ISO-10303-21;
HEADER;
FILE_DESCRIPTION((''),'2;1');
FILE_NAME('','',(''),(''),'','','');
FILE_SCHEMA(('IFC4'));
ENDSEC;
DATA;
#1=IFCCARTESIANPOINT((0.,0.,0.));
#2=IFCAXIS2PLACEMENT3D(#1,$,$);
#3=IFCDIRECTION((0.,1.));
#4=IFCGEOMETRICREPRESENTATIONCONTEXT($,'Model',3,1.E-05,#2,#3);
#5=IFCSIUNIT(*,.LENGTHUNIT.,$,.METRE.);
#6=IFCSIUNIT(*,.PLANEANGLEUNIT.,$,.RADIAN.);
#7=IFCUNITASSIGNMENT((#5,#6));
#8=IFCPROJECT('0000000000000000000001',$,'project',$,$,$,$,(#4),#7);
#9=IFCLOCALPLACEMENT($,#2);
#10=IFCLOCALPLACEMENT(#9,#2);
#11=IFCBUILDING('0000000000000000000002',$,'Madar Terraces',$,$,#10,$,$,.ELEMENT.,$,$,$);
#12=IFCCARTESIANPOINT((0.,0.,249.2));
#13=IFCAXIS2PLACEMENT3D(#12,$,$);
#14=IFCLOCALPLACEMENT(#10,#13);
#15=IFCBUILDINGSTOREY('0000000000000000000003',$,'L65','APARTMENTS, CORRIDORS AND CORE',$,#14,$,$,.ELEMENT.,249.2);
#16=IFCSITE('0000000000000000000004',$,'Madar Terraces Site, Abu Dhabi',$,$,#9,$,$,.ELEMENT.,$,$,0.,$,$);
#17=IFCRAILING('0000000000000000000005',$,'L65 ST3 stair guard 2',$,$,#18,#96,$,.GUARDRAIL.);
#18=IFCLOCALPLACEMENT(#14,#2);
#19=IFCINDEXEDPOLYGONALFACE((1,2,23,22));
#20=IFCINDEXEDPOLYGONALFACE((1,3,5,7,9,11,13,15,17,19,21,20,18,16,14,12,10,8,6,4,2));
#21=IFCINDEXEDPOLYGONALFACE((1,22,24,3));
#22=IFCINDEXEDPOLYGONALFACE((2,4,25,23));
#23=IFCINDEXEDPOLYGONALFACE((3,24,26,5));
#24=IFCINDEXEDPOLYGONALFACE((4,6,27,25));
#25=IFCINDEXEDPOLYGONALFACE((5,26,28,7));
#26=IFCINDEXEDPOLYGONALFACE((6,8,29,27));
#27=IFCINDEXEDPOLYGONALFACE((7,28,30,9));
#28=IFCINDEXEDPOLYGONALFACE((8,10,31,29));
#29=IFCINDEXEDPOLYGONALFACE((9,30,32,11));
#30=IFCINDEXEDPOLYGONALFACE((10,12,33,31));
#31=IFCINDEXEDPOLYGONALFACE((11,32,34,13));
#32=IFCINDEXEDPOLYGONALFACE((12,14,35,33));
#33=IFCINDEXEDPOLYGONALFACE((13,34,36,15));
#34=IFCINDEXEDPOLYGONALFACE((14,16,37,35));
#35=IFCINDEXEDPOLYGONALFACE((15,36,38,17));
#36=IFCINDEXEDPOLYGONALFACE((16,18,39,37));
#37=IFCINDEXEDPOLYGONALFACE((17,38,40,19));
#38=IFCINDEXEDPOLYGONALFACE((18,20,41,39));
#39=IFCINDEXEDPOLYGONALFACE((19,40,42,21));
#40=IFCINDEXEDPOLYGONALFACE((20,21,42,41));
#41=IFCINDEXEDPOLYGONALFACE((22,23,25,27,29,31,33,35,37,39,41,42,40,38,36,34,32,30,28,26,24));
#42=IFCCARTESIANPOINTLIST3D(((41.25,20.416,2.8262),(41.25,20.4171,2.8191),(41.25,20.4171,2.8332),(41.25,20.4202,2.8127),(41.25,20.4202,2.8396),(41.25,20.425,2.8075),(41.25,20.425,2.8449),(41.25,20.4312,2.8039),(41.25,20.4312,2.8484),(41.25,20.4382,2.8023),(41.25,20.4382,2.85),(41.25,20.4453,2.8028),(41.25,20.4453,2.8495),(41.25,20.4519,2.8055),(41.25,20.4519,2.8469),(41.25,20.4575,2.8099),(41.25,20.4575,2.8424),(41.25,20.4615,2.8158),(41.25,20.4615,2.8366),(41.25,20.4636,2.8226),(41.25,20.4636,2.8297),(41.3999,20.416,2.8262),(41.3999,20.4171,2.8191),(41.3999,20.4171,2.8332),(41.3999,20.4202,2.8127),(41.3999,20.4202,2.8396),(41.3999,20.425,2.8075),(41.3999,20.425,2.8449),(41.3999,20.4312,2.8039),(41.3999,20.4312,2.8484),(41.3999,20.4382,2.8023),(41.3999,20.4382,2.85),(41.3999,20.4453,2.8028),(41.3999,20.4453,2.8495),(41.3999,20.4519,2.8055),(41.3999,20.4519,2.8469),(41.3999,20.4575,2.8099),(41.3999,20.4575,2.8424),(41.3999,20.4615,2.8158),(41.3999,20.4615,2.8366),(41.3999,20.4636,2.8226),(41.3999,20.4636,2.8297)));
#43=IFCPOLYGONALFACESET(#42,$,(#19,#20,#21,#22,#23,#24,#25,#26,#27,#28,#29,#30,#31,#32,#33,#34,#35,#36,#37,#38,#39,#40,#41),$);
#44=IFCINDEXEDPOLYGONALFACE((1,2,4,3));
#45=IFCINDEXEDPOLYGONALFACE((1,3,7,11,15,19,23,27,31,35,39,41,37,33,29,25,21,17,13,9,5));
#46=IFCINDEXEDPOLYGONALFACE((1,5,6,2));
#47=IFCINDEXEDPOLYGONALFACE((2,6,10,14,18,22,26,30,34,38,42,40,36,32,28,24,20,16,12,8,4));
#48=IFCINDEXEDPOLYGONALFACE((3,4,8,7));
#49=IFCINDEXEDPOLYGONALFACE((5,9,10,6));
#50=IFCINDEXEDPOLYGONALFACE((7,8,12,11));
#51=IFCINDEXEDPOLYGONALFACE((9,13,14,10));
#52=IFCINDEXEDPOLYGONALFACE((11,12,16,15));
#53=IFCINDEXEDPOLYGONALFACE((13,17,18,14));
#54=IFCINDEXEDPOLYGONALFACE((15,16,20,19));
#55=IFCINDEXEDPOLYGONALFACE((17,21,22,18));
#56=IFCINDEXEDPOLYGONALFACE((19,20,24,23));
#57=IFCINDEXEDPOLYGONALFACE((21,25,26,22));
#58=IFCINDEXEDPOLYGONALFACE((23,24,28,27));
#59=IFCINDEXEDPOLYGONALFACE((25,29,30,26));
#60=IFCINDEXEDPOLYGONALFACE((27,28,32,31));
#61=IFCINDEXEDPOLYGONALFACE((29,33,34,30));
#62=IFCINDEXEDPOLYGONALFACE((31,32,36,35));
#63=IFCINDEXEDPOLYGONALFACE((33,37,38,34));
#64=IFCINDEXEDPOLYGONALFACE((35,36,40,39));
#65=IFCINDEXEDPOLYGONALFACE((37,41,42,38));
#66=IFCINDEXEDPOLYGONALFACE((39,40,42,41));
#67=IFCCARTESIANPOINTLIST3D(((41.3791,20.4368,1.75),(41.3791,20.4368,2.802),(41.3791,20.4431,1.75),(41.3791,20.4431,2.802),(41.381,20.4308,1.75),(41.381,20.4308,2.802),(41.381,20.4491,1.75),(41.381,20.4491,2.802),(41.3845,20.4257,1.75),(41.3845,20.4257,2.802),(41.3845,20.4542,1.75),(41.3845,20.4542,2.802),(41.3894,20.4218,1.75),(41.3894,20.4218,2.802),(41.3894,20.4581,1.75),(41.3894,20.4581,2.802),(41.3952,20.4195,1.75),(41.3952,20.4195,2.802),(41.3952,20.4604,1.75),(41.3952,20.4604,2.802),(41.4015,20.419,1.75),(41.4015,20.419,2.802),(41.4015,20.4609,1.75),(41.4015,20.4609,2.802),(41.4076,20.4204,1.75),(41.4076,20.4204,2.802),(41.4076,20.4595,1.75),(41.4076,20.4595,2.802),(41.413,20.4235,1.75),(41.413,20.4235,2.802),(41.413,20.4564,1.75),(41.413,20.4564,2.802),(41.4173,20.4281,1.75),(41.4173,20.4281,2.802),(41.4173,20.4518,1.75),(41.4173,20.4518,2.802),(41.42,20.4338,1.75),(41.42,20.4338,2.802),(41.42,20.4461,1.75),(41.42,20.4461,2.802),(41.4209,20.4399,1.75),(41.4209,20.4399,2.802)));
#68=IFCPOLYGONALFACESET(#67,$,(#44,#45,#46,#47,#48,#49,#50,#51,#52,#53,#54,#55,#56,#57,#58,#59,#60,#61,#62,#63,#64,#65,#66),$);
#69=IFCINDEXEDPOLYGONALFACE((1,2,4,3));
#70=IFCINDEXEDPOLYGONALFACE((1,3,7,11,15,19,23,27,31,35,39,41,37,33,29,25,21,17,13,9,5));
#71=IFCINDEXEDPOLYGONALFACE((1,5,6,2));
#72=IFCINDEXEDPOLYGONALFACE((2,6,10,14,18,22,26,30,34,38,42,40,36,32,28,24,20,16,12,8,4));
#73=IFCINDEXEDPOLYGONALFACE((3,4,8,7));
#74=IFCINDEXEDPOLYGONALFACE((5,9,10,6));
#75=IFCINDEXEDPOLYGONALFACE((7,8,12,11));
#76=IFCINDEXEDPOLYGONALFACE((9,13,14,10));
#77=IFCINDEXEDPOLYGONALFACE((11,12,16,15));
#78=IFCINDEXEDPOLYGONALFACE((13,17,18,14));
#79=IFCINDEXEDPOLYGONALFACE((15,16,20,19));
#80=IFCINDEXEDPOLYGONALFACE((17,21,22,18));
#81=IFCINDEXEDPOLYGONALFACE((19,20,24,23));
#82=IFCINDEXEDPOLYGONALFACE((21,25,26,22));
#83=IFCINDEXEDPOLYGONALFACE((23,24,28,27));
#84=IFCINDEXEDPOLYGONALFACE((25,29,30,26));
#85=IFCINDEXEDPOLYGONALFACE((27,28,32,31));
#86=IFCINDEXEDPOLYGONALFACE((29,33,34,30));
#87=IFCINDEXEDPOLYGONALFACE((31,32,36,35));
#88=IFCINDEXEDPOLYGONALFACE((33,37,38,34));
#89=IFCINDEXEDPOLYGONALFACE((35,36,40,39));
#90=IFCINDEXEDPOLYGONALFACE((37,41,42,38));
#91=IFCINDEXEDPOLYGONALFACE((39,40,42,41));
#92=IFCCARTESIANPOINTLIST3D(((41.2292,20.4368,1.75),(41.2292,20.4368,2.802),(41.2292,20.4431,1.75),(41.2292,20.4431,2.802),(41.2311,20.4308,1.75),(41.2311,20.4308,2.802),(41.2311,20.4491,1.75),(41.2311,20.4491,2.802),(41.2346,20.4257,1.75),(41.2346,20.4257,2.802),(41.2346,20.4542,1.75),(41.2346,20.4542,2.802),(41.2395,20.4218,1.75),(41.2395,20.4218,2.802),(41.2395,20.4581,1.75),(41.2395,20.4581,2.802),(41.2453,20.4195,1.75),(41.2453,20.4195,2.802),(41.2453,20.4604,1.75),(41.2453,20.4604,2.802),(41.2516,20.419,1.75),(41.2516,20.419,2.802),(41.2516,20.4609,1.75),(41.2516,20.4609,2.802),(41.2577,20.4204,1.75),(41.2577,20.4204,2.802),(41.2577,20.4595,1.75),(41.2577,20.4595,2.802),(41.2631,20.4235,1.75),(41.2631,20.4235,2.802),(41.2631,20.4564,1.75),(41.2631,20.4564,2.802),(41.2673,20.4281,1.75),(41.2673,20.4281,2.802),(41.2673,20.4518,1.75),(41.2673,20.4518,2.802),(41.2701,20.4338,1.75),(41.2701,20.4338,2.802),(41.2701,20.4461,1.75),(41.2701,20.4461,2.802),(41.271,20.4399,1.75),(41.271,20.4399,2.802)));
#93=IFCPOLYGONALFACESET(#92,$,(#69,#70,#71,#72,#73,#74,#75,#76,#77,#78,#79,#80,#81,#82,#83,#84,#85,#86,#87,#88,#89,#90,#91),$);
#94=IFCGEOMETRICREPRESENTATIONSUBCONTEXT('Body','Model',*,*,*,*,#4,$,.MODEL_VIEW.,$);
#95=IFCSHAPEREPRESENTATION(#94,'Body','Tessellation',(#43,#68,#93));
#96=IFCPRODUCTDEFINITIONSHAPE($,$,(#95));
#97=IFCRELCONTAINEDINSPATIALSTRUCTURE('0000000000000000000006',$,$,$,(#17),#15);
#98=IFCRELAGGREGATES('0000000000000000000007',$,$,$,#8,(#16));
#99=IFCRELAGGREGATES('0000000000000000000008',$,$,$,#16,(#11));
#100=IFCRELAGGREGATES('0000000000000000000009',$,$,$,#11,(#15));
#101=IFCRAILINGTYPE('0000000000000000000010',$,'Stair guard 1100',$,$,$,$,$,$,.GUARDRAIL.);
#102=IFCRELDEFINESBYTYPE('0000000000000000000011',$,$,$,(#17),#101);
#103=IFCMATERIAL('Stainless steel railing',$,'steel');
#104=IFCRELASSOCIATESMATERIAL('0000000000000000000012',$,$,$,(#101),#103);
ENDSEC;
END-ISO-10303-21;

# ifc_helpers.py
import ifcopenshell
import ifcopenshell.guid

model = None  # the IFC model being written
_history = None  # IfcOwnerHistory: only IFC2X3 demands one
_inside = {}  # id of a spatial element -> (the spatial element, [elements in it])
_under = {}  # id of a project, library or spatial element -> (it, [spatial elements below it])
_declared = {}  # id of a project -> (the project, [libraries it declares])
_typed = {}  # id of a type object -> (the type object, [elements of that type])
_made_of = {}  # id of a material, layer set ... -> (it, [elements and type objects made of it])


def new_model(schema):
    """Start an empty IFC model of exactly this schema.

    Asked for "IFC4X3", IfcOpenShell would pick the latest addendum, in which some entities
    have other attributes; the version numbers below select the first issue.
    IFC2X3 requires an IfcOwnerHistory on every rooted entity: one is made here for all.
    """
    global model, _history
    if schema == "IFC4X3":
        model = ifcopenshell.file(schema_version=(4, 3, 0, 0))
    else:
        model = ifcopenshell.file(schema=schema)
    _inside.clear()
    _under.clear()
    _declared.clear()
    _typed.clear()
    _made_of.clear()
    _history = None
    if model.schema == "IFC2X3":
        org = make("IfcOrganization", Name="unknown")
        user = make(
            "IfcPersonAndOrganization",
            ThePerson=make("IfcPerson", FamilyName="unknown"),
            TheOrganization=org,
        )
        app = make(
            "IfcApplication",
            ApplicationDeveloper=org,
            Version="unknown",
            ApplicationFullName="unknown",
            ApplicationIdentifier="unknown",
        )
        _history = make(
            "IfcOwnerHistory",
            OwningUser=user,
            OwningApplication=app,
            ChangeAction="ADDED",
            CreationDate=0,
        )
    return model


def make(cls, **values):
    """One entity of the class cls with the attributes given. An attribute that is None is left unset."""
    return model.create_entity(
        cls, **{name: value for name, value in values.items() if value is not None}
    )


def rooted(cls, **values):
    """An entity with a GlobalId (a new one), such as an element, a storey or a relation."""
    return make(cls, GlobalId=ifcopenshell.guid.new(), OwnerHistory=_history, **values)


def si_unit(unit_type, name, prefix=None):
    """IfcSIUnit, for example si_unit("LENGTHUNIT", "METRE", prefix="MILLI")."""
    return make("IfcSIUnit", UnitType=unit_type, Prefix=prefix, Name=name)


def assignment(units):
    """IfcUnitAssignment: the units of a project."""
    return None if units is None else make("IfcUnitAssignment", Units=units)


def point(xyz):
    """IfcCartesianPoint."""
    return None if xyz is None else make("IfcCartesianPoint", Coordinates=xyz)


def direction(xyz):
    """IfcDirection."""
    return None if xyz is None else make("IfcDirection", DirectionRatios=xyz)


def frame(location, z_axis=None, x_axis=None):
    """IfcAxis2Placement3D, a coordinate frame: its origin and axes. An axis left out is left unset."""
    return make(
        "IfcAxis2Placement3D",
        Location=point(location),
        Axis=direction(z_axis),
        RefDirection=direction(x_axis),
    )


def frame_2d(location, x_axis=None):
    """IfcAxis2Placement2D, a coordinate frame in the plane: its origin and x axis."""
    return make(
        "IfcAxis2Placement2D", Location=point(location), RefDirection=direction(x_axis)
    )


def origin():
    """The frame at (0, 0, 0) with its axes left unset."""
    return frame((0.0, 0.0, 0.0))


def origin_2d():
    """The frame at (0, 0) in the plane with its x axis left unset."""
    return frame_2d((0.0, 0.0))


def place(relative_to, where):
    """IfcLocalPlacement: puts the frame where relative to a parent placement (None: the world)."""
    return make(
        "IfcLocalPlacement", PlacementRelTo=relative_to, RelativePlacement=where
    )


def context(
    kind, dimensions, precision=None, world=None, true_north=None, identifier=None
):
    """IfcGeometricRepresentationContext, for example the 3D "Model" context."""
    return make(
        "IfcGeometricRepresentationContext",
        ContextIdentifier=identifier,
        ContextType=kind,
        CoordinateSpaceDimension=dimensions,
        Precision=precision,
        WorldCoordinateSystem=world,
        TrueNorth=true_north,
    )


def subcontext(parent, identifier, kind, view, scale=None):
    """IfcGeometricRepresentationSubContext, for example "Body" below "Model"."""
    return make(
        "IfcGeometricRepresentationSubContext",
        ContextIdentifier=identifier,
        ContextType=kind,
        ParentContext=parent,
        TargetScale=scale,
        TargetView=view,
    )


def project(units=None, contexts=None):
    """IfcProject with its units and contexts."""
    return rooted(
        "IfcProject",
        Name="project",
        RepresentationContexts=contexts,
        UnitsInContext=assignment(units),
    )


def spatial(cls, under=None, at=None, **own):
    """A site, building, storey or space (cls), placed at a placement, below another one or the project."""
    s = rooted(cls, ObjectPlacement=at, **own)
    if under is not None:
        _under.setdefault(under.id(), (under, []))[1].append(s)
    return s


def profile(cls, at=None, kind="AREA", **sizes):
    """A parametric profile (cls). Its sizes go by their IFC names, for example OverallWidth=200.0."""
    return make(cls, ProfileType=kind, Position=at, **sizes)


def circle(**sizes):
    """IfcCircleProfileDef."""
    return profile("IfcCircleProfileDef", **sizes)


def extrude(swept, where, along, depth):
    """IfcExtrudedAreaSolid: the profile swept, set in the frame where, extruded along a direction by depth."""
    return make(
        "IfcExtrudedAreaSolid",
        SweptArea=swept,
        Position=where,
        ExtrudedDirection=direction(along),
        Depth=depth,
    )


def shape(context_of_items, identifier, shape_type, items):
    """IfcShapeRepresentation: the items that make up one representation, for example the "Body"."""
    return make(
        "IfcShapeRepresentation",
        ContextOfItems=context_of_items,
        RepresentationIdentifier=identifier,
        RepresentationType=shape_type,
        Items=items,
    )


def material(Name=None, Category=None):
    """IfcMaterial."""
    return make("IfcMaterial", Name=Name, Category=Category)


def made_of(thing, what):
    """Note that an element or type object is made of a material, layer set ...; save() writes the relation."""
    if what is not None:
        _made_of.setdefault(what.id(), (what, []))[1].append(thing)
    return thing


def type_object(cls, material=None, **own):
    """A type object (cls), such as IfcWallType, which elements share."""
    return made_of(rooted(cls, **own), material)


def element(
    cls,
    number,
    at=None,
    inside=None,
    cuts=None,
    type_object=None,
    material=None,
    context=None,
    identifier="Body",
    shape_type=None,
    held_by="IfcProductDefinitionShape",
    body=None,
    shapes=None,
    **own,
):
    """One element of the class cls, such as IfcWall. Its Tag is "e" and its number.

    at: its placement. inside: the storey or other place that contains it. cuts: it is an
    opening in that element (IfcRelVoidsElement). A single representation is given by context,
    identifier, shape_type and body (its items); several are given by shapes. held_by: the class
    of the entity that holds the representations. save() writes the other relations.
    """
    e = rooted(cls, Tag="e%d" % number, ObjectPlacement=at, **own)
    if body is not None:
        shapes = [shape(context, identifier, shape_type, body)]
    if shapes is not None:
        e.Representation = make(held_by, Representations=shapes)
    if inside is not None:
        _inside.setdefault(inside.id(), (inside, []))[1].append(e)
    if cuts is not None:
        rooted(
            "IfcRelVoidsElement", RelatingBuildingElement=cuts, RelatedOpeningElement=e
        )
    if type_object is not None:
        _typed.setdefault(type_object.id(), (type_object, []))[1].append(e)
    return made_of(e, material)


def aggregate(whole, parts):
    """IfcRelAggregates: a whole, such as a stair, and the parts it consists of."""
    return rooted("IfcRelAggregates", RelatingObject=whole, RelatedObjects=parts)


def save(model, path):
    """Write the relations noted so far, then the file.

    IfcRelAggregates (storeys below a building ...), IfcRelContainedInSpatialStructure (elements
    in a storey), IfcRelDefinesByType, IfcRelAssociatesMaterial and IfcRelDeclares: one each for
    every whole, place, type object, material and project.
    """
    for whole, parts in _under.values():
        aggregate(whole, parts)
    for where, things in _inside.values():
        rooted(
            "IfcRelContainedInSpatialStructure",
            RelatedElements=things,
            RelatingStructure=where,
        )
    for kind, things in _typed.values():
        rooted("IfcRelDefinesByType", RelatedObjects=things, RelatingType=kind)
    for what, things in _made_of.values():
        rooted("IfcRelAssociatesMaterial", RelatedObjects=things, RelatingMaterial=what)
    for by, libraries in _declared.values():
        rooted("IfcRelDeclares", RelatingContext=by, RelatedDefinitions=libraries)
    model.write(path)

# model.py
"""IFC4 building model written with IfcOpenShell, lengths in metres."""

from ifc_helpers import new_model, si_unit, direction, frame, origin, origin_2d, place, context, subcontext, project, spatial, circle, extrude, material, type_object, element, save


model = new_model("IFC4")

# Units and contexts
model_context = context("Model", 3, precision=1e-05, world=origin(), true_north=direction((0.0, 1.0)))
body_context = subcontext(model_context, "Body", "Model", "MODEL_VIEW")
ifc_project = project(units=[si_unit("LENGTHUNIT", "METRE"), si_unit("PLANEANGLEUNIT", "RADIAN")], contexts=[model_context])

# Site, building, storey
site_placement = place(None, origin())
site = spatial("IfcSite", under=ifc_project, at=site_placement, Name="Madar Terraces Site, Abu Dhabi", CompositionType="ELEMENT", RefElevation=0.0)
building_placement = place(site_placement, origin())
building = spatial("IfcBuilding", under=site, at=building_placement, Name="Madar Terraces", CompositionType="ELEMENT")
storey_placement = place(building_placement, frame((0.0, 0.0, 249.2)))
storey = spatial("IfcBuildingStorey", under=building, at=storey_placement, Name="L65", Description="APARTMENTS, CORRIDORS AND CORE", CompositionType="ELEMENT", Elevation=249.2)

# Railing
ifc_material_1 = material(Name="Stainless steel railing", Category="steel")
railing_type_1 = type_object("IfcRailingType", Name="Stair guard 1100", PredefinedType="GUARDRAIL", material=ifc_material_1)
railing_1_placement = place(storey_placement, frame((41.3999, 20.4399, 1.75)))
element("IfcRailing", 1, at=railing_1_placement, inside=storey, type_object=railing_type_1, Name="L65 ST3 stair guard 2", PredefinedType="GUARDRAIL", context=body_context, shape_type="SweptSolid", body=[
    extrude(circle(Radius=0.0239, at=origin_2d()), frame((0.0, 0.0, 1.0762), z_axis=(-1.0, 0.0, 0.0), x_axis=(0.0, -1.0, 0.0)), (0.0, 0.0, 1.0), 0.1499),
    extrude(circle(Radius=0.021, at=origin_2d()), origin(), (0.0, 0.0, 1.0), 1.052),
    extrude(circle(Radius=0.021, at=origin_2d()), frame((-0.1499, 0.0, 0.0)), (0.0, 0.0, 1.0), 1.052),
])

save(model, "model.ifc")
